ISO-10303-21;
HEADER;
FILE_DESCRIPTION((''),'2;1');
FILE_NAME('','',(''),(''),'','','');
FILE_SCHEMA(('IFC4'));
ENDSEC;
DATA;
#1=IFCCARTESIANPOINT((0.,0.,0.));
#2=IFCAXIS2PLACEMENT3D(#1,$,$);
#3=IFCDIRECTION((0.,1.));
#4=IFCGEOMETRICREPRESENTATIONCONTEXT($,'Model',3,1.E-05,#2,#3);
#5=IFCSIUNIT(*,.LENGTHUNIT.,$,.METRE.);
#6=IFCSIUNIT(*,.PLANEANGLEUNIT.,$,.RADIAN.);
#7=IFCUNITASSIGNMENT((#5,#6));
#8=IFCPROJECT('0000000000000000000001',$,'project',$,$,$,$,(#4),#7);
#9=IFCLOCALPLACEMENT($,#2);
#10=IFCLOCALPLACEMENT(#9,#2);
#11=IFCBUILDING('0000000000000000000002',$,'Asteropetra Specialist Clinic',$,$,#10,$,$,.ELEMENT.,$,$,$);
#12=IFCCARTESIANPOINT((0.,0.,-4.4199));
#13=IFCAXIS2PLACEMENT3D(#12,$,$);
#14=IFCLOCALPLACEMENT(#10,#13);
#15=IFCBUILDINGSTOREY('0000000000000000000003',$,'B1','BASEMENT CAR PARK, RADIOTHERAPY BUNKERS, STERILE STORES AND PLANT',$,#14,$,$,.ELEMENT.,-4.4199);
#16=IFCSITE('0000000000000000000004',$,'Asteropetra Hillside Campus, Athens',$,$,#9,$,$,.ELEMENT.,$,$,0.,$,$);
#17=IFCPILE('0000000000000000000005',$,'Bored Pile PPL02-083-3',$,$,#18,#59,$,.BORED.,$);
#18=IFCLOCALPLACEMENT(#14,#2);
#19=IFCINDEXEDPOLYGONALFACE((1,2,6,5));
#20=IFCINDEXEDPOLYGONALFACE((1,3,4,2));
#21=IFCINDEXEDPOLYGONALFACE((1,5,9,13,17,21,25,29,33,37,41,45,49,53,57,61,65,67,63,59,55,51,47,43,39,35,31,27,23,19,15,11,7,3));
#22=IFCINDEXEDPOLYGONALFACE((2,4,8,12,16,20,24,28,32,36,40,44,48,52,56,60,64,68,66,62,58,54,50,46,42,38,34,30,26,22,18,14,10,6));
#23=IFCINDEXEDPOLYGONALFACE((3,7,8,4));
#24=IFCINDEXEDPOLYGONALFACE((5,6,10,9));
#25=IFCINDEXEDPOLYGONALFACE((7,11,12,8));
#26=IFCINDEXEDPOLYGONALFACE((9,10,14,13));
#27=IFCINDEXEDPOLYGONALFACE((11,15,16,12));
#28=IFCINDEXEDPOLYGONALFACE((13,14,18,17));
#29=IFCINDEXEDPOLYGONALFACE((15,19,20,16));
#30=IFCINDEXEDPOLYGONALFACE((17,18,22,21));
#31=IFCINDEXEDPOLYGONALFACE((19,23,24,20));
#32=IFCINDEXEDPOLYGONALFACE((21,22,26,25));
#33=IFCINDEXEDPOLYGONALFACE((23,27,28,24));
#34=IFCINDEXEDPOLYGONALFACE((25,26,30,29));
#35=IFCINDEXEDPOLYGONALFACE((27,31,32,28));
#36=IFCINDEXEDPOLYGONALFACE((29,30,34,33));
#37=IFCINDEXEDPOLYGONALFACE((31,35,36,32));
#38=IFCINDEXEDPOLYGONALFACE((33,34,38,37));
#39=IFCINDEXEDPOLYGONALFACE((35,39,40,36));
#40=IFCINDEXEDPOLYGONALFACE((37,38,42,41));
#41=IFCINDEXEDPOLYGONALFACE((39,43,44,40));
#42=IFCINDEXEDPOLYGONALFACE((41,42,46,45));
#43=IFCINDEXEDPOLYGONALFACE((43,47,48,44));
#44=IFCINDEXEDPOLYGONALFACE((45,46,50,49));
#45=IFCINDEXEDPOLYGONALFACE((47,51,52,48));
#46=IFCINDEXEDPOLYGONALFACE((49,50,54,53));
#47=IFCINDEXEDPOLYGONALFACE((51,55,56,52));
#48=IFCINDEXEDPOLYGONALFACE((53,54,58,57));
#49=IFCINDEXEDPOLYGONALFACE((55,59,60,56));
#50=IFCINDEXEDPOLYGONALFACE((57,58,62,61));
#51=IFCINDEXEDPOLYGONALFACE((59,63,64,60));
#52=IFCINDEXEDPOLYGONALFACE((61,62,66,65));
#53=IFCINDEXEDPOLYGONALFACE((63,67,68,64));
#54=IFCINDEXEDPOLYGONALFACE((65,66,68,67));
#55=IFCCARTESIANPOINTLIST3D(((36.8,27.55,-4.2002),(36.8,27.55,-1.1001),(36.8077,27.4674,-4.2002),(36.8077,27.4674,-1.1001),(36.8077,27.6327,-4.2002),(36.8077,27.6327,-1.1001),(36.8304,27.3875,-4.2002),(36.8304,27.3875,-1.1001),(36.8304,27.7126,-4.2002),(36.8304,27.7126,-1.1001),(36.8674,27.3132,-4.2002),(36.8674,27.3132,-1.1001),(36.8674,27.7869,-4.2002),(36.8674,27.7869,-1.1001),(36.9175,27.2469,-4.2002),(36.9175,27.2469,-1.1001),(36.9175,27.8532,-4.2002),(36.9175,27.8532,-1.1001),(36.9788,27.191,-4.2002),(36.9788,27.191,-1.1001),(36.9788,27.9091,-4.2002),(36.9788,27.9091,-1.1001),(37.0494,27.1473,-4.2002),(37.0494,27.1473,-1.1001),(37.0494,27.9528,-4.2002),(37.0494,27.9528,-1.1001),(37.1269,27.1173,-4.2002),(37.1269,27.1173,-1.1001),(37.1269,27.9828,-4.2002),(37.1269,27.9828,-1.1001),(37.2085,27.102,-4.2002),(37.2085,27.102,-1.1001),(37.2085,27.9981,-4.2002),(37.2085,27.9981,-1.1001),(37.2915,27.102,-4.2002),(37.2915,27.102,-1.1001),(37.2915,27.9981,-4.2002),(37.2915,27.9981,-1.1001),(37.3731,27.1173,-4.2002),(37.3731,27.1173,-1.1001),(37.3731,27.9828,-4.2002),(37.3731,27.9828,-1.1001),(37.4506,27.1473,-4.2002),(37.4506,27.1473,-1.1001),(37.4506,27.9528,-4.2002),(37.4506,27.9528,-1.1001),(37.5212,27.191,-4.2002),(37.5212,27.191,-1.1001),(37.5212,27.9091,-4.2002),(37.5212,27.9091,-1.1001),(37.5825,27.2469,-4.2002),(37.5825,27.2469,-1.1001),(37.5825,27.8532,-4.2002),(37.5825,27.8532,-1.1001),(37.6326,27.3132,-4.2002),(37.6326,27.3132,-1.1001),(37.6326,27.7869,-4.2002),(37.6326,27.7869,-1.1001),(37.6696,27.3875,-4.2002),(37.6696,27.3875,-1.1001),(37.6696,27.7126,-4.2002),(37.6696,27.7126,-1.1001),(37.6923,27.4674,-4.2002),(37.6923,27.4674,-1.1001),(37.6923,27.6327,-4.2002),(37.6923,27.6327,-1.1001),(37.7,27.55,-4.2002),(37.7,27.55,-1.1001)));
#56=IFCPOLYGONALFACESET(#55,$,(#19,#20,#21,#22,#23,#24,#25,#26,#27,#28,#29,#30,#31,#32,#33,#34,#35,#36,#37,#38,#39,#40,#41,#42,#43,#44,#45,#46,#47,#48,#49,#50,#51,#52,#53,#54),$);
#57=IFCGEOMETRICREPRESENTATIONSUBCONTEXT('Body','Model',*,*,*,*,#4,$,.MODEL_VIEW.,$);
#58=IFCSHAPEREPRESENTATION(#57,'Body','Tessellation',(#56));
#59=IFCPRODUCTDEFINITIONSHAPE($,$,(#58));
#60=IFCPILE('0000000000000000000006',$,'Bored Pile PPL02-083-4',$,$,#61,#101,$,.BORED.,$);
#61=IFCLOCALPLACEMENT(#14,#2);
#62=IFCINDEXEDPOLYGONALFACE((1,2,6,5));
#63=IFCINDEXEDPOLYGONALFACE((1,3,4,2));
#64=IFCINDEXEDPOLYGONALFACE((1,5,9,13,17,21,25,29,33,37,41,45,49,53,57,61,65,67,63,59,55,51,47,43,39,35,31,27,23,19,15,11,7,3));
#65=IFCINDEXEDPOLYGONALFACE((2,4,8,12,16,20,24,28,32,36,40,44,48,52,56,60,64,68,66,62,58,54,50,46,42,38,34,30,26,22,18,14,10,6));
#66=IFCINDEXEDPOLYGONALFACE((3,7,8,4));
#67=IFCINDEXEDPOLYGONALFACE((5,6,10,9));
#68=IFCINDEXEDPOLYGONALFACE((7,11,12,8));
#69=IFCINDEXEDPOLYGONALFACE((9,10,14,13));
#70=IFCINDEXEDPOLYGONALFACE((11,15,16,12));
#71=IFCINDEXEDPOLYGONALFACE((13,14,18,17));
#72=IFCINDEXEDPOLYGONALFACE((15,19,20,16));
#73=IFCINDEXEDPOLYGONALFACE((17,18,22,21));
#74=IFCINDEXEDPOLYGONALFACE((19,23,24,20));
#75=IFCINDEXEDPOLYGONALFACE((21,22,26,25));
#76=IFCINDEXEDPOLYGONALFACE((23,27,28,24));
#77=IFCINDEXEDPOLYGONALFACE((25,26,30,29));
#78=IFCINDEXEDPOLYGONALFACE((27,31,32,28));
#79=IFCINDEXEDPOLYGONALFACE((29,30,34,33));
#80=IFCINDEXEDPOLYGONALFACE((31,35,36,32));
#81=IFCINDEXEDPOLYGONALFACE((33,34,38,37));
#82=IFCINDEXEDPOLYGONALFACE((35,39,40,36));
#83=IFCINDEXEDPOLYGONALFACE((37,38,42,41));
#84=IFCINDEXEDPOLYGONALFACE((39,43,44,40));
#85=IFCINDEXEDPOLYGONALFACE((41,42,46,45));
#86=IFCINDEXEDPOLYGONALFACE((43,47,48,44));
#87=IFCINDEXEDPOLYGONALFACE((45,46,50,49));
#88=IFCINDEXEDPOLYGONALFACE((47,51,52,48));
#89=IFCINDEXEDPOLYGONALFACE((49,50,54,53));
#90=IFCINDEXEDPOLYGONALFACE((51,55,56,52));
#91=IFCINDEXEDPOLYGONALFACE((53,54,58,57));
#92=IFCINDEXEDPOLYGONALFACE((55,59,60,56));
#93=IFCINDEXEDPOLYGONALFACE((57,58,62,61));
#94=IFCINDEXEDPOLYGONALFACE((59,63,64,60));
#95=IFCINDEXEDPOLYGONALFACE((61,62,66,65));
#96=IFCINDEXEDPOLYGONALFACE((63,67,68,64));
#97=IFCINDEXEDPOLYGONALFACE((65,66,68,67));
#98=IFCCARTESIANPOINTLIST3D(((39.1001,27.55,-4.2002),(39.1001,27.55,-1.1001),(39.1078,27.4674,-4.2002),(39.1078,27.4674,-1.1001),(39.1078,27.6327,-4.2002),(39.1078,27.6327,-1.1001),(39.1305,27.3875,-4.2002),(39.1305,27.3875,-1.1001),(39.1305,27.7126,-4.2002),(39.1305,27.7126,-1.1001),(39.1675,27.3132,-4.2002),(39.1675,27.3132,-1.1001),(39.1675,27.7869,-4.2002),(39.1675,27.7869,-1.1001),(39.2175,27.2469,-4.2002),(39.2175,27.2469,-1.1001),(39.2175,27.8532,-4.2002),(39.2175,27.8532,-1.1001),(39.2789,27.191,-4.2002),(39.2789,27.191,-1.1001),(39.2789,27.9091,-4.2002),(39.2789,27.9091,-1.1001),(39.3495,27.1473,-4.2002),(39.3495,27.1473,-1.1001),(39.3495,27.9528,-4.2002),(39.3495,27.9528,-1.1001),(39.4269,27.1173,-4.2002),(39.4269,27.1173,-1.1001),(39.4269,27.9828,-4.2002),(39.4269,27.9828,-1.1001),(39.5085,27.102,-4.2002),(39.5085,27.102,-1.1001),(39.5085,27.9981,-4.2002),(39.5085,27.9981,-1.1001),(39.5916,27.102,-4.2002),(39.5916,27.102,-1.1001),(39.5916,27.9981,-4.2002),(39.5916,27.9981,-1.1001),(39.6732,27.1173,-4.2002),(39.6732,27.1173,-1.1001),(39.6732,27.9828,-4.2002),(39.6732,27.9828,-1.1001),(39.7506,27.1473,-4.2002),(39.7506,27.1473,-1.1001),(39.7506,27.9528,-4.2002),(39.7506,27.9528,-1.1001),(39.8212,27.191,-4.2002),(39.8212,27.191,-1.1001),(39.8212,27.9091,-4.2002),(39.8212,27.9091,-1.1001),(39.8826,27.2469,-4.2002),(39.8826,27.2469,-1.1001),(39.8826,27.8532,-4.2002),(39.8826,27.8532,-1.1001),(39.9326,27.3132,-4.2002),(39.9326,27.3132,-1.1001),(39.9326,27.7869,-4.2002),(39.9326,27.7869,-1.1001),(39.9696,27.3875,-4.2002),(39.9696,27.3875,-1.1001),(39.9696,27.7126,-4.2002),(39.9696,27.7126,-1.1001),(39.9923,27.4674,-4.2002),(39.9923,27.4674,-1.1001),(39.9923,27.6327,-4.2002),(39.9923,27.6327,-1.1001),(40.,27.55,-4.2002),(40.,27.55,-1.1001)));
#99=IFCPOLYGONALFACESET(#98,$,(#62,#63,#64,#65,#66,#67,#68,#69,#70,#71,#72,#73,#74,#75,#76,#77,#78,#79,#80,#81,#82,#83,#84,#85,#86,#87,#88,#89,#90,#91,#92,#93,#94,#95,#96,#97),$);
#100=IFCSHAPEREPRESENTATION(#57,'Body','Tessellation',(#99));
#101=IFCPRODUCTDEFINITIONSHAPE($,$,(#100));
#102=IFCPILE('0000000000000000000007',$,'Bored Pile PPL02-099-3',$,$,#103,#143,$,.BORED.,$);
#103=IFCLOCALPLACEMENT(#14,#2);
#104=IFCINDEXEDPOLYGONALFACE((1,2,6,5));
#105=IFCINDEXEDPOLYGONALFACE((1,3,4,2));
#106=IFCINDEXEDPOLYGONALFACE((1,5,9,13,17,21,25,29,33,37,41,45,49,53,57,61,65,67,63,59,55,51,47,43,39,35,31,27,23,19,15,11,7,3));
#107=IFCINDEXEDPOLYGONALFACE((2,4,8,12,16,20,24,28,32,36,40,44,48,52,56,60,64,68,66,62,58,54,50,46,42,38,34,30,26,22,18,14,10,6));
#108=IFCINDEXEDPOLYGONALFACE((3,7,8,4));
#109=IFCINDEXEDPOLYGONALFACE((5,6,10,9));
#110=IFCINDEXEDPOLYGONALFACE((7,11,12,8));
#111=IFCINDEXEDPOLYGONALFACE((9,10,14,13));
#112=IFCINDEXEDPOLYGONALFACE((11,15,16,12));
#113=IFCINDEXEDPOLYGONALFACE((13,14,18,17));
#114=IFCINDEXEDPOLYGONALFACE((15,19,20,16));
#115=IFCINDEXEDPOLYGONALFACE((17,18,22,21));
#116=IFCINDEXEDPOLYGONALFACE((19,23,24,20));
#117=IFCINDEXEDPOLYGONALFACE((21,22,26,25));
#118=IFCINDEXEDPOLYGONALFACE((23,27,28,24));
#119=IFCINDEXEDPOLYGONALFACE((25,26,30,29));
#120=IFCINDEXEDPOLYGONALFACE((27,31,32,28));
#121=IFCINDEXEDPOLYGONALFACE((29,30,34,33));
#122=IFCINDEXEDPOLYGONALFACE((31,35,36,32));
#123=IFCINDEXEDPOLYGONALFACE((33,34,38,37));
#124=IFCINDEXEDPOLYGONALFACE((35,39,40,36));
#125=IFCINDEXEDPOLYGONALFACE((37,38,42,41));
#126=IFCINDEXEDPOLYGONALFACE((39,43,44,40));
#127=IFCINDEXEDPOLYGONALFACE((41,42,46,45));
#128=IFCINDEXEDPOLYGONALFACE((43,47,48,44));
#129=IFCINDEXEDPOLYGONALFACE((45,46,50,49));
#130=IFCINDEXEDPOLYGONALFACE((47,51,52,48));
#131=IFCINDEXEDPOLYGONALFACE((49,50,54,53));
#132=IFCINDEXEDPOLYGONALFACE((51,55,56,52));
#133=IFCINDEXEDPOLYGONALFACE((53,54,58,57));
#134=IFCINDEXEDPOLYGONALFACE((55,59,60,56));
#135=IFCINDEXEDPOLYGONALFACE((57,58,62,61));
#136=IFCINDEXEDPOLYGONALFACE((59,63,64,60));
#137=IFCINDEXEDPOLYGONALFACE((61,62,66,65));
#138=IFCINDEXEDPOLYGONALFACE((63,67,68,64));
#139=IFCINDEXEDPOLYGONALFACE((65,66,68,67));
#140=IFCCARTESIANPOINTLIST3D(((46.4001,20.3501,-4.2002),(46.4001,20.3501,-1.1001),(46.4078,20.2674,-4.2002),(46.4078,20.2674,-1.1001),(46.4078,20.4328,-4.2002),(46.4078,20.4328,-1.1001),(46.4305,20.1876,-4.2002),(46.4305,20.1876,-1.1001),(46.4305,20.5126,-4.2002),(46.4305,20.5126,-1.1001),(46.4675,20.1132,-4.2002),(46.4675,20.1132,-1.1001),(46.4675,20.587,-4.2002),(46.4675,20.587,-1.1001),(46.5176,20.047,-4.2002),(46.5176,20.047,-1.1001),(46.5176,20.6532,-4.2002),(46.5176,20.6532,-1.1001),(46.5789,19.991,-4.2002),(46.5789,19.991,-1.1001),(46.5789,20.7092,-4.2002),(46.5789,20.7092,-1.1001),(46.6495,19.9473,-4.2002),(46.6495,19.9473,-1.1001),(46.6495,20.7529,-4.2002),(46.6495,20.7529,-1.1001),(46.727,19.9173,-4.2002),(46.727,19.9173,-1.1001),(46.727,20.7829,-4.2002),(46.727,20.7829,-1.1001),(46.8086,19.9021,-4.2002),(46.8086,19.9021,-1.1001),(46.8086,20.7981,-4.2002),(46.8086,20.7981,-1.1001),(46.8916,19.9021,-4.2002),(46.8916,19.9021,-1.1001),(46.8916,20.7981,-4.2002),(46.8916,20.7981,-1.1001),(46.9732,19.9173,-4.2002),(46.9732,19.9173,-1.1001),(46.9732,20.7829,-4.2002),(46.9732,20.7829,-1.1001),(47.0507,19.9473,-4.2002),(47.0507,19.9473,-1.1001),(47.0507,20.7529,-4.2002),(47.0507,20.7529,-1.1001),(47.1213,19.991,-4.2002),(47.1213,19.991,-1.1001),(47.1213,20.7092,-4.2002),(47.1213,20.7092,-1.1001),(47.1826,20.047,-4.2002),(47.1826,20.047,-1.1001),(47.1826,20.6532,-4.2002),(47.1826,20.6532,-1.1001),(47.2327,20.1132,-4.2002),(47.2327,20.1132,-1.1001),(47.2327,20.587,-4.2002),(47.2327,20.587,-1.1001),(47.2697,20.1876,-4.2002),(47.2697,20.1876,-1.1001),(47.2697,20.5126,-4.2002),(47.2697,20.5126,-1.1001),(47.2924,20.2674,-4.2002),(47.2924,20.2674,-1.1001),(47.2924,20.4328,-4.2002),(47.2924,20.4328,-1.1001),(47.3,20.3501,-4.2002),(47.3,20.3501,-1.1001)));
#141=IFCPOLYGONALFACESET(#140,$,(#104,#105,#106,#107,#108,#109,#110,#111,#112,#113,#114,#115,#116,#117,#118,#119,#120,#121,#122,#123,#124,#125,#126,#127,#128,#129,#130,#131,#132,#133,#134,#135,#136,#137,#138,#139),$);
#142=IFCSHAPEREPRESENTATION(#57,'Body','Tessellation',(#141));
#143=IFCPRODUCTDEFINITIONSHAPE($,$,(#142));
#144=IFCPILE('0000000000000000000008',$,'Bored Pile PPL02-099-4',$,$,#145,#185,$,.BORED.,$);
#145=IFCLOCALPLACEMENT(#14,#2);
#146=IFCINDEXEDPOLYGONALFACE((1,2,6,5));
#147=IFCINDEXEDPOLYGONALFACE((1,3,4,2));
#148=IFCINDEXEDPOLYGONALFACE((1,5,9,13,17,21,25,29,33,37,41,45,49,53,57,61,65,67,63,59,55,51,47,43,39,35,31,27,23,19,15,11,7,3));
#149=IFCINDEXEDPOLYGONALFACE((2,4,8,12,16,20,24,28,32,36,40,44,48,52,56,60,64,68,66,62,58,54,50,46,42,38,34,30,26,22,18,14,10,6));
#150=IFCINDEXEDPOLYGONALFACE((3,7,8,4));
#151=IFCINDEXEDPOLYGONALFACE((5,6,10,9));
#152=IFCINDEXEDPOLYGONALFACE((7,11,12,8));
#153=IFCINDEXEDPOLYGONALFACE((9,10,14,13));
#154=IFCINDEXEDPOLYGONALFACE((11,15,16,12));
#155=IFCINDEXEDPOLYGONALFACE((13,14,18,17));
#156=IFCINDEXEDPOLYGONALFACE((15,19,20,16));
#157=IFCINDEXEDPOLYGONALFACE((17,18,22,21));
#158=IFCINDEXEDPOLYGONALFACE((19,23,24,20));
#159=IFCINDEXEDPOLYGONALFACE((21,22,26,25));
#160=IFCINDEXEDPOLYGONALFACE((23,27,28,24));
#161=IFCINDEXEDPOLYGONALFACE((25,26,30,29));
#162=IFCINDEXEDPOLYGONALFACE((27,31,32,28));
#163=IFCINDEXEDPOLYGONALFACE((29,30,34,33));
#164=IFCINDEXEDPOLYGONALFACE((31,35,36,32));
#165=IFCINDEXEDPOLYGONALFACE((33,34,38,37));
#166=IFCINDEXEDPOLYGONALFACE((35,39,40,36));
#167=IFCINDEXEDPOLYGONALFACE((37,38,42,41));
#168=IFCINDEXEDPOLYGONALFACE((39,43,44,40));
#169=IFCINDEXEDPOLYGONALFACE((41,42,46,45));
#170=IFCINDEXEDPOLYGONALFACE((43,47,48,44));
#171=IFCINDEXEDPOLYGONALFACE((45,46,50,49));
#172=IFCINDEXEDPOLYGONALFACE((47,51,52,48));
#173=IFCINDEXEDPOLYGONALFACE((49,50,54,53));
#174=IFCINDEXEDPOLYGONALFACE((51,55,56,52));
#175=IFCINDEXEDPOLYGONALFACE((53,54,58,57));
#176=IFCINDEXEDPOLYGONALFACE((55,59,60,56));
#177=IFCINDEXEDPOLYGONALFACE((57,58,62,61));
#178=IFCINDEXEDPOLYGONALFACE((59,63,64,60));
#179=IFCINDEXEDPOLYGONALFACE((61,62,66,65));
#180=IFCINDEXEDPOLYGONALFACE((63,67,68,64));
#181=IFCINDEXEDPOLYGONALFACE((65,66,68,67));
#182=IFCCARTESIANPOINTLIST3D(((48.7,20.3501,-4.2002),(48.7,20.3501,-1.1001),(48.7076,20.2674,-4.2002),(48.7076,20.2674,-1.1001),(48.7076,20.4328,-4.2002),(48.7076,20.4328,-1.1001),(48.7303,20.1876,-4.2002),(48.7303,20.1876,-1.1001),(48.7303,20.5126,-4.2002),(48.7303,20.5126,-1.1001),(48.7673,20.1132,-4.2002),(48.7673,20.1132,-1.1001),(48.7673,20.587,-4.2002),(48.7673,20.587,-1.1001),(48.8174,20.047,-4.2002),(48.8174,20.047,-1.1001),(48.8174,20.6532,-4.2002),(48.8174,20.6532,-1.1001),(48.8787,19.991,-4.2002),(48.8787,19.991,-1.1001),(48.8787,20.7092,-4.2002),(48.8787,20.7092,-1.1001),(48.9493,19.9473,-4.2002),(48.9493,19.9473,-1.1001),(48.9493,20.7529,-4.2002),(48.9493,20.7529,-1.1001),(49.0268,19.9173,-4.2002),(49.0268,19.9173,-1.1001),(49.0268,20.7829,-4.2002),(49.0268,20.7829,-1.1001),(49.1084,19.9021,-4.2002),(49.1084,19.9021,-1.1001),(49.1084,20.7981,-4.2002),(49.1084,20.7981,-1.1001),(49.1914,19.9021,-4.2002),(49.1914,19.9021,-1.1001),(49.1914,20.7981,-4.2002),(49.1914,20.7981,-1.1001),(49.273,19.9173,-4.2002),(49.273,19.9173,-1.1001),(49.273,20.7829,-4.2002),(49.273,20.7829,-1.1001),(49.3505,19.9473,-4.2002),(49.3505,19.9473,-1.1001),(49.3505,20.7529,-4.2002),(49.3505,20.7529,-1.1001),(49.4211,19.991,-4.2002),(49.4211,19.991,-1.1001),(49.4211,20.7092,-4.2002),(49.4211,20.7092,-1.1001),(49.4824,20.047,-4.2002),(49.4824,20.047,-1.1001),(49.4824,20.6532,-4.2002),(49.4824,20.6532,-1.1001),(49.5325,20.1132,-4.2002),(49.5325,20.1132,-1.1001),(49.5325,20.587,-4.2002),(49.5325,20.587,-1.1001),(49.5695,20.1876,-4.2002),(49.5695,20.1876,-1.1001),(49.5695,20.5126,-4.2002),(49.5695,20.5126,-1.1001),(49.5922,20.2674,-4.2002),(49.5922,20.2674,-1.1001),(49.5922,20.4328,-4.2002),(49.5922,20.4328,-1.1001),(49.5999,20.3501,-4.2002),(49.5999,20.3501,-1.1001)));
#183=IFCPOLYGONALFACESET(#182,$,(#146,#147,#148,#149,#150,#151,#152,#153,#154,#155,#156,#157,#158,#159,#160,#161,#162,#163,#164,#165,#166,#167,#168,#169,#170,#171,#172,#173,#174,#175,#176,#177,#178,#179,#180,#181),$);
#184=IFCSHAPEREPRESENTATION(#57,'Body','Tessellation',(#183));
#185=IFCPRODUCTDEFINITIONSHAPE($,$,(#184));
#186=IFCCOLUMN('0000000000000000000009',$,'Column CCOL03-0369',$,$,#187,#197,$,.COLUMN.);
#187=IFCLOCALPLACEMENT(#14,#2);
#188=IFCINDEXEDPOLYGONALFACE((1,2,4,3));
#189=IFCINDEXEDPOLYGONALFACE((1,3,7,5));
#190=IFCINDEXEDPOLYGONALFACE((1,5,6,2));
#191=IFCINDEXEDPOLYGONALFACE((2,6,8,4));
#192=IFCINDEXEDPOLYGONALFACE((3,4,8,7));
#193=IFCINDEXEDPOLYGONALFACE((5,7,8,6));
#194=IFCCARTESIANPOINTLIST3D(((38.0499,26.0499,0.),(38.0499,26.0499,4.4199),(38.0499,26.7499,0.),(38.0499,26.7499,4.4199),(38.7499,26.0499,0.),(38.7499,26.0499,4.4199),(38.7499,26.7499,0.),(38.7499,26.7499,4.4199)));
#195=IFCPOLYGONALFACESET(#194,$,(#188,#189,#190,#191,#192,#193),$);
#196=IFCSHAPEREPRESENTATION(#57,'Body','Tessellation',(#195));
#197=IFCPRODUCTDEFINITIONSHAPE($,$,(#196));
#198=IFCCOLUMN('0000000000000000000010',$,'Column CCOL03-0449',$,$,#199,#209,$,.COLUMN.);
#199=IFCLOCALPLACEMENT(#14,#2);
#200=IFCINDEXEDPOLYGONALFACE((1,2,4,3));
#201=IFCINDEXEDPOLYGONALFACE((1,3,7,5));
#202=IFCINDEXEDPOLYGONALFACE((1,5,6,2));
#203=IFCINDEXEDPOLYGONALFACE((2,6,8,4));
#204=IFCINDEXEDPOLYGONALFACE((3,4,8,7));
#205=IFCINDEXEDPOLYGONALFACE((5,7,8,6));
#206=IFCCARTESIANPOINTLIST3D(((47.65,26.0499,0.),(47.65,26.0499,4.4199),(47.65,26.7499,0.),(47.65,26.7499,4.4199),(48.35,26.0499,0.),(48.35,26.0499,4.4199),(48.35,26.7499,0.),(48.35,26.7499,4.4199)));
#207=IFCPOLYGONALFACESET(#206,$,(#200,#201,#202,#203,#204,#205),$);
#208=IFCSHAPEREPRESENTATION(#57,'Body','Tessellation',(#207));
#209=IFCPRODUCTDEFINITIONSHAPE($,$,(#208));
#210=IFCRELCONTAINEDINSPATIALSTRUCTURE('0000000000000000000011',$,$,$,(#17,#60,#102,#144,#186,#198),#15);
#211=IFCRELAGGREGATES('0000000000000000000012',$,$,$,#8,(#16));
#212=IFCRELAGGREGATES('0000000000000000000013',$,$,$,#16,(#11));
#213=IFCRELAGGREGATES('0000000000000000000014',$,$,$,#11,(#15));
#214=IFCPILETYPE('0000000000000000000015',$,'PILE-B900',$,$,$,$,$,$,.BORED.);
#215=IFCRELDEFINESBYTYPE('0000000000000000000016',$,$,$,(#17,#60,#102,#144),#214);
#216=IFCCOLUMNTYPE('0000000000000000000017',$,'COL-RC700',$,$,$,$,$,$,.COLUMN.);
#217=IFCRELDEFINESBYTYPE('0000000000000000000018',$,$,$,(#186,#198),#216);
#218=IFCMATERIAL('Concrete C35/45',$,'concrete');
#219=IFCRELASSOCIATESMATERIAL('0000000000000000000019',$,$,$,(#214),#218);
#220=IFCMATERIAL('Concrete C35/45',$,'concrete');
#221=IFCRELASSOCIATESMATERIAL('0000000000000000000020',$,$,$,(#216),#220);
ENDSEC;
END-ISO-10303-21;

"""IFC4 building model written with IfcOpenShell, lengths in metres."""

from ifc_helpers import new_model, si_unit, direction, frame, origin, origin_2d, place, context, subcontext, project, spatial, rectangle, circle, extrude, material, material_profile, profile_set, type_object, element, save


model = new_model("IFC4")

# Units and contexts
model_context = context("Model", 3, precision=1e-05, world=origin(), true_north=direction((0.0, 1.0)))
body_context = subcontext(model_context, "Body", "Model", "MODEL_VIEW")
ifc_project = project(units=[si_unit("LENGTHUNIT", "METRE"), si_unit("PLANEANGLEUNIT", "RADIAN")], contexts=[model_context])

# Site, building, storey
site_placement = place(None, origin())
site = spatial("IfcSite", under=ifc_project, at=site_placement, Name="Asteropetra Hillside Campus, Athens", CompositionType="ELEMENT", RefElevation=0.0)
building_placement = place(site_placement, origin())
building = spatial("IfcBuilding", under=site, at=building_placement, Name="Asteropetra Specialist Clinic", CompositionType="ELEMENT")
storey_placement = place(building_placement, frame((0.0, 0.0, -4.4199)))
storey = spatial("IfcBuildingStorey", under=building, at=storey_placement, Name="B1", Description="BASEMENT CAR PARK, RADIOTHERAPY BUNKERS, STERILE STORES AND PLANT", CompositionType="ELEMENT", Elevation=-4.4199)

# Piles
ifc_material_1 = material(Name="Concrete C35/45", Category="concrete")
ifc_material_profile_1 = material_profile(ifc_material_1, circle(Radius=0.45, at=origin_2d()), Name="PILE D900")
ifc_profile_set_1 = profile_set([ifc_material_profile_1], Name="Concrete C35/45")
pile_type_1 = type_object("IfcPileType", Name="PILE-B900", PredefinedType="BORED", material=ifc_profile_set_1)
for number, where, z_axis, x_axis, name in (
    (1, (37.25, 27.55, -1.1001), (0.0, 0.0, -1.0), (1.0, 0.0, 0.0), "Bored Pile PPL02-083-3"),
    (2, (39.55, 27.55, -1.1001), (0.0, 0.0, -1.0), (1.0, 0.0, 0.0), "Bored Pile PPL02-083-4"),
    (3, (46.8501, 20.3501, -1.1001), (0.0, 0.0, -1.0), (1.0, 0.0, 0.0), "Bored Pile PPL02-099-3"),
    (4, (49.1499, 20.3501, -1.1001), (0.0, 0.0, -1.0), (1.0, 0.0, 0.0), "Bored Pile PPL02-099-4"),
):
    element("IfcPile", number, at=place(storey_placement, frame(where, z_axis=z_axis, x_axis=x_axis)), inside=storey, type_object=pile_type_1, Name=name, PredefinedType="BORED", context=body_context, shape_type="SweptSolid", body=[
        extrude(circle(Radius=0.45, at=origin_2d()), origin(), (0.0, 0.0, 1.0), 3.1001),
    ])

# Columns
ifc_material_2 = material(Name="Concrete C35/45", Category="concrete")
ifc_material_profile_2 = material_profile(ifc_material_2, rectangle(XDim=0.7, YDim=0.7, at=origin_2d()), Name="RC 700x700")
ifc_profile_set_2 = profile_set([ifc_material_profile_2], Name="Concrete C35/45")
column_type = type_object("IfcColumnType", Name="COL-RC700", PredefinedType="COLUMN", material=ifc_profile_set_2)
for number, where, z_axis, x_axis, name in (
    (5, (38.3999, 26.3999, 0.0), (0.0, 0.0, 1.0), (1.0, 0.0, 0.0), "Column CCOL03-0369"),
    (6, (48.0, 26.3999, 0.0), (0.0, 0.0, 1.0), (1.0, 0.0, 0.0), "Column CCOL03-0449"),
):
    element("IfcColumn", number, at=place(storey_placement, frame(where, z_axis=z_axis, x_axis=x_axis)), inside=storey, type_object=column_type, Name=name, PredefinedType="COLUMN", context=body_context, shape_type="SweptSolid", body=[
        extrude(rectangle(XDim=0.7, YDim=0.7, at=origin_2d()), origin(), (0.0, 0.0, 1.0), 4.4199),
    ])

save(model, "model.ifc")
